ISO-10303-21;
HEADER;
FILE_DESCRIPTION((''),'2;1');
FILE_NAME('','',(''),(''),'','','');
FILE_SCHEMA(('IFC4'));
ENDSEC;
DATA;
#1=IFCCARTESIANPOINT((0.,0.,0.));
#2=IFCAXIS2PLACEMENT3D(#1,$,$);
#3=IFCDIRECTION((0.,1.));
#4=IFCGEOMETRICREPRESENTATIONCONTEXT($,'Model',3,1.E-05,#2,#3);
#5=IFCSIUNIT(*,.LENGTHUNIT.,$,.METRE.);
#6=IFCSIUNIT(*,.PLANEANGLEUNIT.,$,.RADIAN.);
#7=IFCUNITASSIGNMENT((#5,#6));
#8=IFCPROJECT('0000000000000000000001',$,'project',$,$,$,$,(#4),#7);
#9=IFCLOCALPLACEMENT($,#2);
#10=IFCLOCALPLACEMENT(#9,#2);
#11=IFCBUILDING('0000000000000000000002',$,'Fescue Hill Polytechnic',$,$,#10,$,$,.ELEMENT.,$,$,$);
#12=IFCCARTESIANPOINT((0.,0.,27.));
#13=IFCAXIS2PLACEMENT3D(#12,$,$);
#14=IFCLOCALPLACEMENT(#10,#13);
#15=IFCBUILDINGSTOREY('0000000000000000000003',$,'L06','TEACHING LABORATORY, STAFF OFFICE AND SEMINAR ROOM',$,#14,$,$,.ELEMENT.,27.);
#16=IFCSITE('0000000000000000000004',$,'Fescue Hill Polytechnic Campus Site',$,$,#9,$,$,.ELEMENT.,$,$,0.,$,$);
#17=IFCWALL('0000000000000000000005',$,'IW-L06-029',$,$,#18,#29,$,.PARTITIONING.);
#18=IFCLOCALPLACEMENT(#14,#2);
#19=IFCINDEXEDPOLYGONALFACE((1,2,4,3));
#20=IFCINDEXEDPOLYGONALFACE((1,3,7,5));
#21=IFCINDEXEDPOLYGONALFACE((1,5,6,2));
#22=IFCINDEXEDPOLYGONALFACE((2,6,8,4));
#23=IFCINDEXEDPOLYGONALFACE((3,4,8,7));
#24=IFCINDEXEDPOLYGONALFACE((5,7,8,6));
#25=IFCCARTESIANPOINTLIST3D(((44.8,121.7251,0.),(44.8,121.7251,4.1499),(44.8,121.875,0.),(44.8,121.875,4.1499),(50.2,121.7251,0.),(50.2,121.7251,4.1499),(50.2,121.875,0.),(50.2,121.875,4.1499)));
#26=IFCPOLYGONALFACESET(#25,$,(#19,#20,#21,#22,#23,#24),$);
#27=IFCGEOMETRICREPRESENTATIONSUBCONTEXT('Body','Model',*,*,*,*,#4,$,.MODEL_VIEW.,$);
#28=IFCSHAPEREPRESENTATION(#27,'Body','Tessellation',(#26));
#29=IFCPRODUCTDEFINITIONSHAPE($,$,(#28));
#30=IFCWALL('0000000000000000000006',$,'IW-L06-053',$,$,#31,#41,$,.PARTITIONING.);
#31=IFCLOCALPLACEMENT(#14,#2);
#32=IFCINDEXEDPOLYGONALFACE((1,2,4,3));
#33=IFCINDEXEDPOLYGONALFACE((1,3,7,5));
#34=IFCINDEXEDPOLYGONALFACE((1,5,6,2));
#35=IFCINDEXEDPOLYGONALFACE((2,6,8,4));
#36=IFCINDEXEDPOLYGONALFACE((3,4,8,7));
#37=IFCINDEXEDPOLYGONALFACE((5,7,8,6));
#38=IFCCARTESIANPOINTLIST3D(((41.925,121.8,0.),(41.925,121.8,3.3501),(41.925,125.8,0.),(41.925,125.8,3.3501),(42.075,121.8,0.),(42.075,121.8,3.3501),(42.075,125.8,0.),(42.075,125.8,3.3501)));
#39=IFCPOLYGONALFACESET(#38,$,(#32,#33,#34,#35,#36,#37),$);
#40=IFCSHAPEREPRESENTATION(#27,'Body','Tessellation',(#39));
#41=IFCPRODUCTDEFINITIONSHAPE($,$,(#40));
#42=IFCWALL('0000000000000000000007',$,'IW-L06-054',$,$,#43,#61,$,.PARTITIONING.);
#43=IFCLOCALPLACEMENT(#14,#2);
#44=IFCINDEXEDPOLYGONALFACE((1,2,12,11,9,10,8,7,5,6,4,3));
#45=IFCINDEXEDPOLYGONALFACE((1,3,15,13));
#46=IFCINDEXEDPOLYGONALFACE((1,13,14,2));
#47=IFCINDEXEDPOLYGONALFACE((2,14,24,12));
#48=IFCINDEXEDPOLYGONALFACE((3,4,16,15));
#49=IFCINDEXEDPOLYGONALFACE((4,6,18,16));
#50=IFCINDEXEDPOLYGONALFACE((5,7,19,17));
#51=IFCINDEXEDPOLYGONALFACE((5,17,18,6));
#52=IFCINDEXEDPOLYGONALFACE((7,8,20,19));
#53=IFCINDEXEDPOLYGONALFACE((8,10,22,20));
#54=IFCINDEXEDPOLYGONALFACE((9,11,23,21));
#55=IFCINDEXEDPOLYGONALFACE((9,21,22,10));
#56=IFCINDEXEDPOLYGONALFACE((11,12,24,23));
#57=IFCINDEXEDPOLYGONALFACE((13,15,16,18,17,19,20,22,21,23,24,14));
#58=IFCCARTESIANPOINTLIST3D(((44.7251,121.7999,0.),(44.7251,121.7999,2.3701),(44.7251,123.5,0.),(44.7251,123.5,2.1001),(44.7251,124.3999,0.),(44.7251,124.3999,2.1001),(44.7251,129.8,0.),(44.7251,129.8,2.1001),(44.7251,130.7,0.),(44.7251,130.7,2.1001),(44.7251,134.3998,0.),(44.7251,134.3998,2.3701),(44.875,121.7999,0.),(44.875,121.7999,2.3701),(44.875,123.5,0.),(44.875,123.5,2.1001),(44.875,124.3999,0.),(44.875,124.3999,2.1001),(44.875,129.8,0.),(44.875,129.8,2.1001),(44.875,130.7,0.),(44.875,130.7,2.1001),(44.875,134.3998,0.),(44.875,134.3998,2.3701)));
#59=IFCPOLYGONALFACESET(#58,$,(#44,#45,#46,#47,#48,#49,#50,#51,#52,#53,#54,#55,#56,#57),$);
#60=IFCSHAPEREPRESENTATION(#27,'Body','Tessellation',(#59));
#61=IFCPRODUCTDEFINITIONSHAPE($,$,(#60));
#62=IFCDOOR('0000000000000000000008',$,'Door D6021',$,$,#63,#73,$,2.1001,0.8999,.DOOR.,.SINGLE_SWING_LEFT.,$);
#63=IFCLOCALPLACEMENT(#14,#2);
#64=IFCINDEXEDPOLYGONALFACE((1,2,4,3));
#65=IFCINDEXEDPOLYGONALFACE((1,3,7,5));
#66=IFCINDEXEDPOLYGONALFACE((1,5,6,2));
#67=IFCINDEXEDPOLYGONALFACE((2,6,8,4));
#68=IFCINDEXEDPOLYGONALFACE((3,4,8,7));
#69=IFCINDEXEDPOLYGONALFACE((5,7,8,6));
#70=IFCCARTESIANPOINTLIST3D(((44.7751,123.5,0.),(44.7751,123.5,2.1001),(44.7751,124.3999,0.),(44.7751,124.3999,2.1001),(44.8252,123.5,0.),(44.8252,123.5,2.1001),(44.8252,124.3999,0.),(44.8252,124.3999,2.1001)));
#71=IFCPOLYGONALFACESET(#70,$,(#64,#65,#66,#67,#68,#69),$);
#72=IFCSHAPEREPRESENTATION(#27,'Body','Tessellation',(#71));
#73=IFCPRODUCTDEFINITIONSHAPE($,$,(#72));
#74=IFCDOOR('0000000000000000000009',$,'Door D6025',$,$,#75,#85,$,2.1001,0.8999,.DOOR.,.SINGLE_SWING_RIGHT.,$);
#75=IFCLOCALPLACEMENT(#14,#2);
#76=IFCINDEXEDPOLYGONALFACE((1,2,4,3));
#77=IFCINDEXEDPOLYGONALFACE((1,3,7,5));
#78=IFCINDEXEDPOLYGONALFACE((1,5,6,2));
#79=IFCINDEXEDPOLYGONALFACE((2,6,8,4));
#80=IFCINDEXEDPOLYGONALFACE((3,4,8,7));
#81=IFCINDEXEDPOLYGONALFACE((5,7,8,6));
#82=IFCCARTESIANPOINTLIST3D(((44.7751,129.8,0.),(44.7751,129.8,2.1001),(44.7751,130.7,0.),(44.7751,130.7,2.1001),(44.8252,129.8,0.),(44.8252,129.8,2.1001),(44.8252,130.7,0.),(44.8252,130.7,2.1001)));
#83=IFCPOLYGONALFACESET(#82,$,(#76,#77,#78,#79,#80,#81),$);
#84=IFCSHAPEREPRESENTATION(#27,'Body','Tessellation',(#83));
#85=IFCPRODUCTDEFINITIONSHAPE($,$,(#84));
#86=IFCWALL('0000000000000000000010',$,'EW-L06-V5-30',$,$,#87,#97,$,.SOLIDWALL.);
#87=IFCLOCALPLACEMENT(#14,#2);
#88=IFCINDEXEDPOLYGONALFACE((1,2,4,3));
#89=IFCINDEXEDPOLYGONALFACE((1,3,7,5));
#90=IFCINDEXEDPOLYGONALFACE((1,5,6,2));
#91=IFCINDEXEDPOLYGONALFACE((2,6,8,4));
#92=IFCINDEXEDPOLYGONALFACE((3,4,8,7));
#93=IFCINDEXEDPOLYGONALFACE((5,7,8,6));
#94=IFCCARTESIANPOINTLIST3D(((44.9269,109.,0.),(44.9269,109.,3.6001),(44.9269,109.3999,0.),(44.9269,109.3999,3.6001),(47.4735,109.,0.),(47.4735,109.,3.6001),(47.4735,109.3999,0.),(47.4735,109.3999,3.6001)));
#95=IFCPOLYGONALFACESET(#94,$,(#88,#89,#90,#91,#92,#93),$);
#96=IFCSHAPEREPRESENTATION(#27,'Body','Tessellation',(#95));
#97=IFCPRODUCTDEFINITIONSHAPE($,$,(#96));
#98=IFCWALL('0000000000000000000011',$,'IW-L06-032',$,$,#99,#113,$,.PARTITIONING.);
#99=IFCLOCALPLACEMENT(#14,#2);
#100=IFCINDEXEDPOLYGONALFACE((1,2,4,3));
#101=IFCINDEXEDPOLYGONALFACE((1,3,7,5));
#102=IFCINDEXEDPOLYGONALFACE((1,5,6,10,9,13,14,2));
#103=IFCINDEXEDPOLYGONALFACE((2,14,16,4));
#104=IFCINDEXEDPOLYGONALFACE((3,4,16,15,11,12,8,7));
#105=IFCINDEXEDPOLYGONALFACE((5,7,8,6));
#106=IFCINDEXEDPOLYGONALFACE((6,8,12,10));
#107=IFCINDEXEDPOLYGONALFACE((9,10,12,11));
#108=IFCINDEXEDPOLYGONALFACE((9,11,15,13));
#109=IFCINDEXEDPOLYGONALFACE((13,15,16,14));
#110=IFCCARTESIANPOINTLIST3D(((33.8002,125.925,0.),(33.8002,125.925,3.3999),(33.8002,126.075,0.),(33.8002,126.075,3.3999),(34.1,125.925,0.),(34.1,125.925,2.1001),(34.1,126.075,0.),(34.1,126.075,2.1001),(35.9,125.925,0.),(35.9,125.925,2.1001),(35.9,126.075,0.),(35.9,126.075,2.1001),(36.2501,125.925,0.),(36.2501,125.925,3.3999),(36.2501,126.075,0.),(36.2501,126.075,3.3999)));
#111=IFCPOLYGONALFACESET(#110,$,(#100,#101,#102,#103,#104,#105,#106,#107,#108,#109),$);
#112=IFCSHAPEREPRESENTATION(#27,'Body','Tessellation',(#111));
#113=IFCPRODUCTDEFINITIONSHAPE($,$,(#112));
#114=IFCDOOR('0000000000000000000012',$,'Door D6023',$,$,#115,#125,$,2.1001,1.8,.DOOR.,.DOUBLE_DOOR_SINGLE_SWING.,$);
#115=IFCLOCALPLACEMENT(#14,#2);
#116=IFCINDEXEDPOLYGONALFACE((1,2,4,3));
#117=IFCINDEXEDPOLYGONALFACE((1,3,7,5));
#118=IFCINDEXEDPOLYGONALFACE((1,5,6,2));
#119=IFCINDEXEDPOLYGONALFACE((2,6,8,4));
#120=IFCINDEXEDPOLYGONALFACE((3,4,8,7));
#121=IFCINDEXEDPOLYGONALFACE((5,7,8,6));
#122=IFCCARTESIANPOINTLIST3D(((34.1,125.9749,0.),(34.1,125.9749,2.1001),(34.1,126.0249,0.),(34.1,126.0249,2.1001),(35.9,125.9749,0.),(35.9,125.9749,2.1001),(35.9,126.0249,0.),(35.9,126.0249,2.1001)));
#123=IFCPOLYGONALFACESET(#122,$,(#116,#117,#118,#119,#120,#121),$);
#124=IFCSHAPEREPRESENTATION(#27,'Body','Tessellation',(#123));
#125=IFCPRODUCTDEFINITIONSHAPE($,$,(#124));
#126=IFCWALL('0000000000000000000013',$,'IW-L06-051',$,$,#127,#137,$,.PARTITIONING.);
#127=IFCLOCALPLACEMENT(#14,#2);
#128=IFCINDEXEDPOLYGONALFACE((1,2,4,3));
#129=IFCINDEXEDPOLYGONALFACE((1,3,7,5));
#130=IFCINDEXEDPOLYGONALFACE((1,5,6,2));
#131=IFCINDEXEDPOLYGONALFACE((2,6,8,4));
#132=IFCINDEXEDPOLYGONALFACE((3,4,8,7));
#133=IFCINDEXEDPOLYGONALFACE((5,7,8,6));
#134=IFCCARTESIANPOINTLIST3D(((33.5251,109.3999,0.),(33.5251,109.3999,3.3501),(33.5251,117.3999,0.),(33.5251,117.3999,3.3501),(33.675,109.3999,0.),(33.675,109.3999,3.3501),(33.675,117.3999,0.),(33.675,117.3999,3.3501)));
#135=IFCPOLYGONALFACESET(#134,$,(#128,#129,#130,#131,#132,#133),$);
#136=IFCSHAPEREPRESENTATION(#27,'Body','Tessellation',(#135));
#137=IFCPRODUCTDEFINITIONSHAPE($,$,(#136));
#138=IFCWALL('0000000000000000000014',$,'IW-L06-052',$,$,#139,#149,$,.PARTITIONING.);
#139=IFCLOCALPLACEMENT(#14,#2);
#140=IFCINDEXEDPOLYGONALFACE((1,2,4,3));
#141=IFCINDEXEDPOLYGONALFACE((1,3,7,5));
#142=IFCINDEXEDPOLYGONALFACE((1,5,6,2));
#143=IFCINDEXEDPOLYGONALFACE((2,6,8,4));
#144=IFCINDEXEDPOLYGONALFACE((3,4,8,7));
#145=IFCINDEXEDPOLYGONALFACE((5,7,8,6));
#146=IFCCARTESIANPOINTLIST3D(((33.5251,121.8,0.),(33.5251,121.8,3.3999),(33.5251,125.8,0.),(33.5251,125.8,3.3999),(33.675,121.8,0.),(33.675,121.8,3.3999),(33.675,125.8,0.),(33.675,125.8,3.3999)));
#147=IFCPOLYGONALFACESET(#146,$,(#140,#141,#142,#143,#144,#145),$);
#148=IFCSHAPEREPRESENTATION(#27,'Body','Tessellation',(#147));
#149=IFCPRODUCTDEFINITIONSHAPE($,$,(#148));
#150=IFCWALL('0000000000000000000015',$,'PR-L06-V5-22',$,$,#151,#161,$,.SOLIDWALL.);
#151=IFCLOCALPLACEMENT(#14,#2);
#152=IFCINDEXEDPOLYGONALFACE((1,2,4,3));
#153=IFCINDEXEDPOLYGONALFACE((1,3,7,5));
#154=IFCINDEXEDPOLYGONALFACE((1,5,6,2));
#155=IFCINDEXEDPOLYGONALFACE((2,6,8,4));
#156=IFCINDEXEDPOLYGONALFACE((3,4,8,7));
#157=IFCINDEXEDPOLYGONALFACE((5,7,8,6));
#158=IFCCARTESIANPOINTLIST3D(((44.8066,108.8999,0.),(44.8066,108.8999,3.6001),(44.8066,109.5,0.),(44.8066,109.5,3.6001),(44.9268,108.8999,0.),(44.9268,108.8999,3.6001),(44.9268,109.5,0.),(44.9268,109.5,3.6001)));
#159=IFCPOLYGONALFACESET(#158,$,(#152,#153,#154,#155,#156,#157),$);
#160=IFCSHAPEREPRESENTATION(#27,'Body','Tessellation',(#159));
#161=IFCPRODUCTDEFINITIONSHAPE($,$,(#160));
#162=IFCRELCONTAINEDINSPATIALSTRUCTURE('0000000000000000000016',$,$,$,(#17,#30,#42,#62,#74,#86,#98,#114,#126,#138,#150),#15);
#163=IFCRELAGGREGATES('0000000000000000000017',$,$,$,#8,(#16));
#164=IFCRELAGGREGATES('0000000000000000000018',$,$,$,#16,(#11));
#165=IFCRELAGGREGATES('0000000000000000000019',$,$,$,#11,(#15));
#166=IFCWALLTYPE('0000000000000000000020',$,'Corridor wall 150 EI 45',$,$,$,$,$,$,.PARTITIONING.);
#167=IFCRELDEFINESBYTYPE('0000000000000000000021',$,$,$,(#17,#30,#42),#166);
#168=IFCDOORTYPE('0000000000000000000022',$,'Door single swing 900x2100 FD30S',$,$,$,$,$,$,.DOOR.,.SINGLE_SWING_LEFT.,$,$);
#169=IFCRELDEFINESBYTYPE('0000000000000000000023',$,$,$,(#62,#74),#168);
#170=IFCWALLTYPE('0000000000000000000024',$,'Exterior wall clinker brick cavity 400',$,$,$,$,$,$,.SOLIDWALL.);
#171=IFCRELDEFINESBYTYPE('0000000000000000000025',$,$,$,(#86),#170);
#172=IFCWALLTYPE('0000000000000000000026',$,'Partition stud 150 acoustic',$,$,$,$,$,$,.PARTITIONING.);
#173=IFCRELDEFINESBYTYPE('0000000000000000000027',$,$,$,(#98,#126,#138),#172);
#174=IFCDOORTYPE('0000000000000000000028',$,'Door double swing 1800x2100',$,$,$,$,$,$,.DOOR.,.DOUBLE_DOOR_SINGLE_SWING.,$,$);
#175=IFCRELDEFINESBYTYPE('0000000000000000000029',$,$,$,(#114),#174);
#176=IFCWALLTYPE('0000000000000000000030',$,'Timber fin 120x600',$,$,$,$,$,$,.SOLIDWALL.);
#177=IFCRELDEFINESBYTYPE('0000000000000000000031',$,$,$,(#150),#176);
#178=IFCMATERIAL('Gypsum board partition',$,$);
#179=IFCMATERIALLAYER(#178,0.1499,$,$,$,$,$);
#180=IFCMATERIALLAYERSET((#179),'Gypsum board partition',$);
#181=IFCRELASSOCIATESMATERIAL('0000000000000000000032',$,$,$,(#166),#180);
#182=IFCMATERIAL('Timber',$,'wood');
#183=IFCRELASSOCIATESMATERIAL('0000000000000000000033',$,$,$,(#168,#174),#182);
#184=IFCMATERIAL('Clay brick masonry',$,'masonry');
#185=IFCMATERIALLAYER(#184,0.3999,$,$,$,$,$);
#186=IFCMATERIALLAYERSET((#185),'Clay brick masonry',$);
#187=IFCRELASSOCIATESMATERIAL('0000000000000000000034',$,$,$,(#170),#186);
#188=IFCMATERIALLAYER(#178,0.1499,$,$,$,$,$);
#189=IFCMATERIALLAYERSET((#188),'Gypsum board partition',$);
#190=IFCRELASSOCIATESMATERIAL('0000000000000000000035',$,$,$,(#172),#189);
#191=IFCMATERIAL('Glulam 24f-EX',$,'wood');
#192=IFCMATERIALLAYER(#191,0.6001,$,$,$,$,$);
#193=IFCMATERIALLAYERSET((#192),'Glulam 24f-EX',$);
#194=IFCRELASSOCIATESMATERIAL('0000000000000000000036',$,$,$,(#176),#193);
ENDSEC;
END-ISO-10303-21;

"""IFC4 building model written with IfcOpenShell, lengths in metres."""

from ifc_helpers import new_model, si_unit, direction, frame, frame_2d, origin, place, context, subcontext, project, spatial, rectangle, extrude, material, layer, layer_set, type_object, element, fill, save


model = new_model("IFC4")

# Units and contexts
model_context = context("Model", 3, precision=1e-05, world=origin(), true_north=direction((0.0, 1.0)))
body_context = subcontext(model_context, "Body", "Model", "MODEL_VIEW")
ifc_project = project(units=[si_unit("LENGTHUNIT", "METRE"), si_unit("PLANEANGLEUNIT", "RADIAN")], contexts=[model_context])

# Site, building, storey
site_placement = place(None, origin())
site = spatial("IfcSite", under=ifc_project, at=site_placement, Name="Fescue Hill Polytechnic Campus Site", CompositionType="ELEMENT", RefElevation=0.0)
building_placement = place(site_placement, origin())
building = spatial("IfcBuilding", under=site, at=building_placement, Name="Fescue Hill Polytechnic", CompositionType="ELEMENT")
storey_placement = place(building_placement, frame((0.0, 0.0, 27.0)))
storey = spatial("IfcBuildingStorey", under=building, at=storey_placement, Name="L06", Description="TEACHING LABORATORY, STAFF OFFICE AND SEMINAR ROOM", CompositionType="ELEMENT", Elevation=27.0)

# Shared definitions
ifc_material_1 = material(Name="Gypsum board partition")
ifc_layer_1 = layer(ifc_material_1, 0.1499)
ifc_layer_set_1 = layer_set([ifc_layer_1], Name="Gypsum board partition")
wall_type_1 = type_object("IfcWallType", Name="Corridor wall 150 EI 45", PredefinedType="PARTITIONING", material=ifc_layer_set_1)
ifc_material_2 = material(Name="Timber", Category="wood")
door_type_1 = type_object("IfcDoorType", Name="Door single swing 900x2100 FD30S", OperationType="SINGLE_SWING_LEFT", PredefinedType="DOOR", material=ifc_material_2)

# Walls
wall_1_placement = place(storey_placement, frame((44.8, 121.8, 0.0), z_axis=(0.0, 0.0, 1.0), x_axis=(1.0, 0.0, 0.0)))
element("IfcWall", 1, at=wall_1_placement, inside=storey, type_object=wall_type_1, Name="IW-L06-029", PredefinedType="PARTITIONING", context=body_context, shape_type="SweptSolid", body=[
    extrude(rectangle(XDim=5.3999, YDim=0.1499, at=frame_2d((2.7, 0.0))), origin(), (0.0, 0.0, 1.0), 4.1499),
])
wall_2_placement = place(storey_placement, frame((42.0, 121.8, 0.0), z_axis=(0.0, 0.0, 1.0), x_axis=(0.0, 1.0, 0.0)))
element("IfcWall", 2, at=wall_2_placement, inside=storey, type_object=wall_type_1, Name="IW-L06-053", PredefinedType="PARTITIONING", context=body_context, shape_type="SweptSolid", body=[
    extrude(rectangle(XDim=4.0, YDim=0.1499, at=frame_2d((2.0, 0.0))), origin(), (0.0, 0.0, 1.0), 3.3501),
])

# Wall, openings, doors
wall_3_placement = place(storey_placement, frame((44.8, 121.8, 0.0), z_axis=(0.0, 0.0, 1.0), x_axis=(0.0, 1.0, 0.0)))
wall_3 = element("IfcWall", 3, at=wall_3_placement, inside=storey, type_object=wall_type_1, Name="IW-L06-054", PredefinedType="PARTITIONING", context=body_context, shape_type="SweptSolid", body=[
    extrude(rectangle(XDim=12.5999, YDim=0.1499, at=frame_2d((6.2998, 0.0))), origin(), (0.0, 0.0, 1.0), 2.3701),
])
opening_1_placement = place(wall_3_placement, frame((1.7, 0.0, 0.0)))
opening_1 = element("IfcOpeningElement", 4, at=opening_1_placement, cuts=wall_3, PredefinedType="OPENING", context=body_context, shape_type="SweptSolid", body=[
    extrude(rectangle(XDim=0.8999, YDim=2.1001, at=frame_2d((0.45, 1.05))), frame((0.0, 0.085, 0.0), z_axis=(0.0, -1.0, 0.0), x_axis=(1.0, 0.0, 0.0)), (0.0, 0.0, 1.0), 0.1699),
])
opening_2_placement = place(wall_3_placement, frame((8.0, 0.0, 0.0)))
opening_2 = element("IfcOpeningElement", 5, at=opening_2_placement, cuts=wall_3, PredefinedType="OPENING", context=body_context, shape_type="SweptSolid", body=[
    extrude(rectangle(XDim=0.8999, YDim=2.1001, at=frame_2d((0.45, 1.05))), frame((0.0, 0.085, 0.0), z_axis=(0.0, -1.0, 0.0), x_axis=(1.0, 0.0, 0.0)), (0.0, 0.0, 1.0), 0.1699),
])
door_1_placement = place(opening_1_placement, origin())
door_1 = element("IfcDoor", 6, at=door_1_placement, inside=storey, type_object=door_type_1, Name="Door D6021", OperationType="SINGLE_SWING_LEFT", OverallHeight=2.1001, OverallWidth=0.8999, PredefinedType="DOOR", context=body_context, shape_type="SweptSolid", body=[
    extrude(rectangle(XDim=0.8999, YDim=2.1001, at=frame_2d((0.45, 1.05))), frame((0.0, 0.0249, 0.0), z_axis=(0.0, -1.0, 0.0), x_axis=(1.0, 0.0, 0.0)), (0.0, 0.0, 1.0), 0.05),
])
fill(opening_1, door_1)
door_2_placement = place(opening_2_placement, origin())
door_2 = element("IfcDoor", 7, at=door_2_placement, inside=storey, type_object=door_type_1, Name="Door D6025", OperationType="SINGLE_SWING_RIGHT", OverallHeight=2.1001, OverallWidth=0.8999, PredefinedType="DOOR", context=body_context, shape_type="SweptSolid", body=[
    extrude(rectangle(XDim=0.8999, YDim=2.1001, at=frame_2d((0.45, 1.05))), frame((0.0, 0.0249, 0.0), z_axis=(0.0, -1.0, 0.0), x_axis=(1.0, 0.0, 0.0)), (0.0, 0.0, 1.0), 0.05),
])
fill(opening_2, door_2)

# Wall
ifc_material_3 = material(Name="Clay brick masonry", Category="masonry")
ifc_layer_2 = layer(ifc_material_3, 0.3999)
ifc_layer_set_2 = layer_set([ifc_layer_2], Name="Clay brick masonry")
wall_type_2 = type_object("IfcWallType", Name="Exterior wall clinker brick cavity 400", PredefinedType="SOLIDWALL", material=ifc_layer_set_2)
wall_4_placement = place(storey_placement, frame((44.9268, 109.2, 0.0), z_axis=(0.0, 0.0, 1.0), x_axis=(1.0, 0.0, 0.0)))
element("IfcWall", 8, at=wall_4_placement, inside=storey, type_object=wall_type_2, Name="EW-L06-V5-30", PredefinedType="SOLIDWALL", context=body_context, shape_type="SweptSolid", body=[
    extrude(rectangle(XDim=2.5466, YDim=0.3999, at=frame_2d((1.2734, 0.0))), origin(), (0.0, 0.0, 1.0), 3.6001),
])

# Wall, opening, door
ifc_layer_3 = layer(ifc_material_1, 0.1499)
ifc_layer_set_3 = layer_set([ifc_layer_3], Name="Gypsum board partition")
wall_type_3 = type_object("IfcWallType", Name="Partition stud 150 acoustic", PredefinedType="PARTITIONING", material=ifc_layer_set_3)
wall_5_placement = place(storey_placement, frame((33.8, 126.0, 0.0), z_axis=(0.0, 0.0, 1.0), x_axis=(1.0, 0.0, 0.0)))
wall_5 = element("IfcWall", 9, at=wall_5_placement, inside=storey, type_object=wall_type_3, Name="IW-L06-032", PredefinedType="PARTITIONING", context=body_context, shape_type="SweptSolid", body=[
    extrude(rectangle(XDim=2.45, YDim=0.1499, at=frame_2d((1.2251, 0.0))), origin(), (0.0, 0.0, 1.0), 3.3999),
])
opening_3_placement = place(wall_5_placement, frame((0.3, 0.0, 0.0)))
opening_3 = element("IfcOpeningElement", 10, at=opening_3_placement, cuts=wall_5, PredefinedType="OPENING", context=body_context, shape_type="SweptSolid", body=[
    extrude(rectangle(XDim=1.8, YDim=2.1001, at=frame_2d((0.8999, 1.05))), frame((0.0, 0.085, 0.0), z_axis=(0.0, -1.0, 0.0), x_axis=(1.0, 0.0, 0.0)), (0.0, 0.0, 1.0), 0.1699),
])
door_type_2 = type_object("IfcDoorType", Name="Door double swing 1800x2100", OperationType="DOUBLE_DOOR_SINGLE_SWING", PredefinedType="DOOR", material=ifc_material_2)
door_3_placement = place(opening_3_placement, origin())
door_3 = element("IfcDoor", 11, at=door_3_placement, inside=storey, type_object=door_type_2, Name="Door D6023", OperationType="DOUBLE_DOOR_SINGLE_SWING", OverallHeight=2.1001, OverallWidth=1.8, PredefinedType="DOOR", context=body_context, shape_type="SweptSolid", body=[
    extrude(rectangle(XDim=1.8, YDim=2.1001, at=frame_2d((0.8999, 1.05))), frame((0.0, 0.0249, 0.0), z_axis=(0.0, -1.0, 0.0), x_axis=(1.0, 0.0, 0.0)), (0.0, 0.0, 1.0), 0.05),
])
fill(opening_3, door_3)

# Walls
wall_6_placement = place(storey_placement, frame((33.6001, 109.3999, 0.0), z_axis=(0.0, 0.0, 1.0), x_axis=(0.0, 1.0, 0.0)))
element("IfcWall", 12, at=wall_6_placement, inside=storey, type_object=wall_type_3, Name="IW-L06-051", PredefinedType="PARTITIONING", context=body_context, shape_type="SweptSolid", body=[
    extrude(rectangle(XDim=8.0, YDim=0.1499, at=frame_2d((4.0, 0.0))), origin(), (0.0, 0.0, 1.0), 3.3501),
])
wall_7_placement = place(storey_placement, frame((33.6001, 121.8, 0.0), z_axis=(0.0, 0.0, 1.0), x_axis=(0.0, 1.0, 0.0)))
element("IfcWall", 13, at=wall_7_placement, inside=storey, type_object=wall_type_3, Name="IW-L06-052", PredefinedType="PARTITIONING", context=body_context, shape_type="SweptSolid", body=[
    extrude(rectangle(XDim=4.0, YDim=0.1499, at=frame_2d((2.0, 0.0))), origin(), (0.0, 0.0, 1.0), 3.3999),
])
ifc_material_4 = material(Name="Glulam 24f-EX", Category="wood")
ifc_layer_4 = layer(ifc_material_4, 0.6001)
ifc_layer_set_4 = layer_set([ifc_layer_4], Name="Glulam 24f-EX")
wall_type_4 = type_object("IfcWallType", Name="Timber fin 120x600", PredefinedType="SOLIDWALL", material=ifc_layer_set_4)
wall_8_placement = place(storey_placement, frame((44.8066, 109.2, 0.0), z_axis=(0.0, 0.0, 1.0), x_axis=(1.0, 0.0, 0.0)))
element("IfcWall", 14, at=wall_8_placement, inside=storey, type_object=wall_type_4, Name="PR-L06-V5-22", PredefinedType="SOLIDWALL", context=body_context, shape_type="SweptSolid", body=[
    extrude(rectangle(XDim=0.1201, YDim=0.6001, at=frame_2d((0.0601, 0.0))), origin(), (0.0, 0.0, 1.0), 3.6001),
])

save(model, "model.ifc")
